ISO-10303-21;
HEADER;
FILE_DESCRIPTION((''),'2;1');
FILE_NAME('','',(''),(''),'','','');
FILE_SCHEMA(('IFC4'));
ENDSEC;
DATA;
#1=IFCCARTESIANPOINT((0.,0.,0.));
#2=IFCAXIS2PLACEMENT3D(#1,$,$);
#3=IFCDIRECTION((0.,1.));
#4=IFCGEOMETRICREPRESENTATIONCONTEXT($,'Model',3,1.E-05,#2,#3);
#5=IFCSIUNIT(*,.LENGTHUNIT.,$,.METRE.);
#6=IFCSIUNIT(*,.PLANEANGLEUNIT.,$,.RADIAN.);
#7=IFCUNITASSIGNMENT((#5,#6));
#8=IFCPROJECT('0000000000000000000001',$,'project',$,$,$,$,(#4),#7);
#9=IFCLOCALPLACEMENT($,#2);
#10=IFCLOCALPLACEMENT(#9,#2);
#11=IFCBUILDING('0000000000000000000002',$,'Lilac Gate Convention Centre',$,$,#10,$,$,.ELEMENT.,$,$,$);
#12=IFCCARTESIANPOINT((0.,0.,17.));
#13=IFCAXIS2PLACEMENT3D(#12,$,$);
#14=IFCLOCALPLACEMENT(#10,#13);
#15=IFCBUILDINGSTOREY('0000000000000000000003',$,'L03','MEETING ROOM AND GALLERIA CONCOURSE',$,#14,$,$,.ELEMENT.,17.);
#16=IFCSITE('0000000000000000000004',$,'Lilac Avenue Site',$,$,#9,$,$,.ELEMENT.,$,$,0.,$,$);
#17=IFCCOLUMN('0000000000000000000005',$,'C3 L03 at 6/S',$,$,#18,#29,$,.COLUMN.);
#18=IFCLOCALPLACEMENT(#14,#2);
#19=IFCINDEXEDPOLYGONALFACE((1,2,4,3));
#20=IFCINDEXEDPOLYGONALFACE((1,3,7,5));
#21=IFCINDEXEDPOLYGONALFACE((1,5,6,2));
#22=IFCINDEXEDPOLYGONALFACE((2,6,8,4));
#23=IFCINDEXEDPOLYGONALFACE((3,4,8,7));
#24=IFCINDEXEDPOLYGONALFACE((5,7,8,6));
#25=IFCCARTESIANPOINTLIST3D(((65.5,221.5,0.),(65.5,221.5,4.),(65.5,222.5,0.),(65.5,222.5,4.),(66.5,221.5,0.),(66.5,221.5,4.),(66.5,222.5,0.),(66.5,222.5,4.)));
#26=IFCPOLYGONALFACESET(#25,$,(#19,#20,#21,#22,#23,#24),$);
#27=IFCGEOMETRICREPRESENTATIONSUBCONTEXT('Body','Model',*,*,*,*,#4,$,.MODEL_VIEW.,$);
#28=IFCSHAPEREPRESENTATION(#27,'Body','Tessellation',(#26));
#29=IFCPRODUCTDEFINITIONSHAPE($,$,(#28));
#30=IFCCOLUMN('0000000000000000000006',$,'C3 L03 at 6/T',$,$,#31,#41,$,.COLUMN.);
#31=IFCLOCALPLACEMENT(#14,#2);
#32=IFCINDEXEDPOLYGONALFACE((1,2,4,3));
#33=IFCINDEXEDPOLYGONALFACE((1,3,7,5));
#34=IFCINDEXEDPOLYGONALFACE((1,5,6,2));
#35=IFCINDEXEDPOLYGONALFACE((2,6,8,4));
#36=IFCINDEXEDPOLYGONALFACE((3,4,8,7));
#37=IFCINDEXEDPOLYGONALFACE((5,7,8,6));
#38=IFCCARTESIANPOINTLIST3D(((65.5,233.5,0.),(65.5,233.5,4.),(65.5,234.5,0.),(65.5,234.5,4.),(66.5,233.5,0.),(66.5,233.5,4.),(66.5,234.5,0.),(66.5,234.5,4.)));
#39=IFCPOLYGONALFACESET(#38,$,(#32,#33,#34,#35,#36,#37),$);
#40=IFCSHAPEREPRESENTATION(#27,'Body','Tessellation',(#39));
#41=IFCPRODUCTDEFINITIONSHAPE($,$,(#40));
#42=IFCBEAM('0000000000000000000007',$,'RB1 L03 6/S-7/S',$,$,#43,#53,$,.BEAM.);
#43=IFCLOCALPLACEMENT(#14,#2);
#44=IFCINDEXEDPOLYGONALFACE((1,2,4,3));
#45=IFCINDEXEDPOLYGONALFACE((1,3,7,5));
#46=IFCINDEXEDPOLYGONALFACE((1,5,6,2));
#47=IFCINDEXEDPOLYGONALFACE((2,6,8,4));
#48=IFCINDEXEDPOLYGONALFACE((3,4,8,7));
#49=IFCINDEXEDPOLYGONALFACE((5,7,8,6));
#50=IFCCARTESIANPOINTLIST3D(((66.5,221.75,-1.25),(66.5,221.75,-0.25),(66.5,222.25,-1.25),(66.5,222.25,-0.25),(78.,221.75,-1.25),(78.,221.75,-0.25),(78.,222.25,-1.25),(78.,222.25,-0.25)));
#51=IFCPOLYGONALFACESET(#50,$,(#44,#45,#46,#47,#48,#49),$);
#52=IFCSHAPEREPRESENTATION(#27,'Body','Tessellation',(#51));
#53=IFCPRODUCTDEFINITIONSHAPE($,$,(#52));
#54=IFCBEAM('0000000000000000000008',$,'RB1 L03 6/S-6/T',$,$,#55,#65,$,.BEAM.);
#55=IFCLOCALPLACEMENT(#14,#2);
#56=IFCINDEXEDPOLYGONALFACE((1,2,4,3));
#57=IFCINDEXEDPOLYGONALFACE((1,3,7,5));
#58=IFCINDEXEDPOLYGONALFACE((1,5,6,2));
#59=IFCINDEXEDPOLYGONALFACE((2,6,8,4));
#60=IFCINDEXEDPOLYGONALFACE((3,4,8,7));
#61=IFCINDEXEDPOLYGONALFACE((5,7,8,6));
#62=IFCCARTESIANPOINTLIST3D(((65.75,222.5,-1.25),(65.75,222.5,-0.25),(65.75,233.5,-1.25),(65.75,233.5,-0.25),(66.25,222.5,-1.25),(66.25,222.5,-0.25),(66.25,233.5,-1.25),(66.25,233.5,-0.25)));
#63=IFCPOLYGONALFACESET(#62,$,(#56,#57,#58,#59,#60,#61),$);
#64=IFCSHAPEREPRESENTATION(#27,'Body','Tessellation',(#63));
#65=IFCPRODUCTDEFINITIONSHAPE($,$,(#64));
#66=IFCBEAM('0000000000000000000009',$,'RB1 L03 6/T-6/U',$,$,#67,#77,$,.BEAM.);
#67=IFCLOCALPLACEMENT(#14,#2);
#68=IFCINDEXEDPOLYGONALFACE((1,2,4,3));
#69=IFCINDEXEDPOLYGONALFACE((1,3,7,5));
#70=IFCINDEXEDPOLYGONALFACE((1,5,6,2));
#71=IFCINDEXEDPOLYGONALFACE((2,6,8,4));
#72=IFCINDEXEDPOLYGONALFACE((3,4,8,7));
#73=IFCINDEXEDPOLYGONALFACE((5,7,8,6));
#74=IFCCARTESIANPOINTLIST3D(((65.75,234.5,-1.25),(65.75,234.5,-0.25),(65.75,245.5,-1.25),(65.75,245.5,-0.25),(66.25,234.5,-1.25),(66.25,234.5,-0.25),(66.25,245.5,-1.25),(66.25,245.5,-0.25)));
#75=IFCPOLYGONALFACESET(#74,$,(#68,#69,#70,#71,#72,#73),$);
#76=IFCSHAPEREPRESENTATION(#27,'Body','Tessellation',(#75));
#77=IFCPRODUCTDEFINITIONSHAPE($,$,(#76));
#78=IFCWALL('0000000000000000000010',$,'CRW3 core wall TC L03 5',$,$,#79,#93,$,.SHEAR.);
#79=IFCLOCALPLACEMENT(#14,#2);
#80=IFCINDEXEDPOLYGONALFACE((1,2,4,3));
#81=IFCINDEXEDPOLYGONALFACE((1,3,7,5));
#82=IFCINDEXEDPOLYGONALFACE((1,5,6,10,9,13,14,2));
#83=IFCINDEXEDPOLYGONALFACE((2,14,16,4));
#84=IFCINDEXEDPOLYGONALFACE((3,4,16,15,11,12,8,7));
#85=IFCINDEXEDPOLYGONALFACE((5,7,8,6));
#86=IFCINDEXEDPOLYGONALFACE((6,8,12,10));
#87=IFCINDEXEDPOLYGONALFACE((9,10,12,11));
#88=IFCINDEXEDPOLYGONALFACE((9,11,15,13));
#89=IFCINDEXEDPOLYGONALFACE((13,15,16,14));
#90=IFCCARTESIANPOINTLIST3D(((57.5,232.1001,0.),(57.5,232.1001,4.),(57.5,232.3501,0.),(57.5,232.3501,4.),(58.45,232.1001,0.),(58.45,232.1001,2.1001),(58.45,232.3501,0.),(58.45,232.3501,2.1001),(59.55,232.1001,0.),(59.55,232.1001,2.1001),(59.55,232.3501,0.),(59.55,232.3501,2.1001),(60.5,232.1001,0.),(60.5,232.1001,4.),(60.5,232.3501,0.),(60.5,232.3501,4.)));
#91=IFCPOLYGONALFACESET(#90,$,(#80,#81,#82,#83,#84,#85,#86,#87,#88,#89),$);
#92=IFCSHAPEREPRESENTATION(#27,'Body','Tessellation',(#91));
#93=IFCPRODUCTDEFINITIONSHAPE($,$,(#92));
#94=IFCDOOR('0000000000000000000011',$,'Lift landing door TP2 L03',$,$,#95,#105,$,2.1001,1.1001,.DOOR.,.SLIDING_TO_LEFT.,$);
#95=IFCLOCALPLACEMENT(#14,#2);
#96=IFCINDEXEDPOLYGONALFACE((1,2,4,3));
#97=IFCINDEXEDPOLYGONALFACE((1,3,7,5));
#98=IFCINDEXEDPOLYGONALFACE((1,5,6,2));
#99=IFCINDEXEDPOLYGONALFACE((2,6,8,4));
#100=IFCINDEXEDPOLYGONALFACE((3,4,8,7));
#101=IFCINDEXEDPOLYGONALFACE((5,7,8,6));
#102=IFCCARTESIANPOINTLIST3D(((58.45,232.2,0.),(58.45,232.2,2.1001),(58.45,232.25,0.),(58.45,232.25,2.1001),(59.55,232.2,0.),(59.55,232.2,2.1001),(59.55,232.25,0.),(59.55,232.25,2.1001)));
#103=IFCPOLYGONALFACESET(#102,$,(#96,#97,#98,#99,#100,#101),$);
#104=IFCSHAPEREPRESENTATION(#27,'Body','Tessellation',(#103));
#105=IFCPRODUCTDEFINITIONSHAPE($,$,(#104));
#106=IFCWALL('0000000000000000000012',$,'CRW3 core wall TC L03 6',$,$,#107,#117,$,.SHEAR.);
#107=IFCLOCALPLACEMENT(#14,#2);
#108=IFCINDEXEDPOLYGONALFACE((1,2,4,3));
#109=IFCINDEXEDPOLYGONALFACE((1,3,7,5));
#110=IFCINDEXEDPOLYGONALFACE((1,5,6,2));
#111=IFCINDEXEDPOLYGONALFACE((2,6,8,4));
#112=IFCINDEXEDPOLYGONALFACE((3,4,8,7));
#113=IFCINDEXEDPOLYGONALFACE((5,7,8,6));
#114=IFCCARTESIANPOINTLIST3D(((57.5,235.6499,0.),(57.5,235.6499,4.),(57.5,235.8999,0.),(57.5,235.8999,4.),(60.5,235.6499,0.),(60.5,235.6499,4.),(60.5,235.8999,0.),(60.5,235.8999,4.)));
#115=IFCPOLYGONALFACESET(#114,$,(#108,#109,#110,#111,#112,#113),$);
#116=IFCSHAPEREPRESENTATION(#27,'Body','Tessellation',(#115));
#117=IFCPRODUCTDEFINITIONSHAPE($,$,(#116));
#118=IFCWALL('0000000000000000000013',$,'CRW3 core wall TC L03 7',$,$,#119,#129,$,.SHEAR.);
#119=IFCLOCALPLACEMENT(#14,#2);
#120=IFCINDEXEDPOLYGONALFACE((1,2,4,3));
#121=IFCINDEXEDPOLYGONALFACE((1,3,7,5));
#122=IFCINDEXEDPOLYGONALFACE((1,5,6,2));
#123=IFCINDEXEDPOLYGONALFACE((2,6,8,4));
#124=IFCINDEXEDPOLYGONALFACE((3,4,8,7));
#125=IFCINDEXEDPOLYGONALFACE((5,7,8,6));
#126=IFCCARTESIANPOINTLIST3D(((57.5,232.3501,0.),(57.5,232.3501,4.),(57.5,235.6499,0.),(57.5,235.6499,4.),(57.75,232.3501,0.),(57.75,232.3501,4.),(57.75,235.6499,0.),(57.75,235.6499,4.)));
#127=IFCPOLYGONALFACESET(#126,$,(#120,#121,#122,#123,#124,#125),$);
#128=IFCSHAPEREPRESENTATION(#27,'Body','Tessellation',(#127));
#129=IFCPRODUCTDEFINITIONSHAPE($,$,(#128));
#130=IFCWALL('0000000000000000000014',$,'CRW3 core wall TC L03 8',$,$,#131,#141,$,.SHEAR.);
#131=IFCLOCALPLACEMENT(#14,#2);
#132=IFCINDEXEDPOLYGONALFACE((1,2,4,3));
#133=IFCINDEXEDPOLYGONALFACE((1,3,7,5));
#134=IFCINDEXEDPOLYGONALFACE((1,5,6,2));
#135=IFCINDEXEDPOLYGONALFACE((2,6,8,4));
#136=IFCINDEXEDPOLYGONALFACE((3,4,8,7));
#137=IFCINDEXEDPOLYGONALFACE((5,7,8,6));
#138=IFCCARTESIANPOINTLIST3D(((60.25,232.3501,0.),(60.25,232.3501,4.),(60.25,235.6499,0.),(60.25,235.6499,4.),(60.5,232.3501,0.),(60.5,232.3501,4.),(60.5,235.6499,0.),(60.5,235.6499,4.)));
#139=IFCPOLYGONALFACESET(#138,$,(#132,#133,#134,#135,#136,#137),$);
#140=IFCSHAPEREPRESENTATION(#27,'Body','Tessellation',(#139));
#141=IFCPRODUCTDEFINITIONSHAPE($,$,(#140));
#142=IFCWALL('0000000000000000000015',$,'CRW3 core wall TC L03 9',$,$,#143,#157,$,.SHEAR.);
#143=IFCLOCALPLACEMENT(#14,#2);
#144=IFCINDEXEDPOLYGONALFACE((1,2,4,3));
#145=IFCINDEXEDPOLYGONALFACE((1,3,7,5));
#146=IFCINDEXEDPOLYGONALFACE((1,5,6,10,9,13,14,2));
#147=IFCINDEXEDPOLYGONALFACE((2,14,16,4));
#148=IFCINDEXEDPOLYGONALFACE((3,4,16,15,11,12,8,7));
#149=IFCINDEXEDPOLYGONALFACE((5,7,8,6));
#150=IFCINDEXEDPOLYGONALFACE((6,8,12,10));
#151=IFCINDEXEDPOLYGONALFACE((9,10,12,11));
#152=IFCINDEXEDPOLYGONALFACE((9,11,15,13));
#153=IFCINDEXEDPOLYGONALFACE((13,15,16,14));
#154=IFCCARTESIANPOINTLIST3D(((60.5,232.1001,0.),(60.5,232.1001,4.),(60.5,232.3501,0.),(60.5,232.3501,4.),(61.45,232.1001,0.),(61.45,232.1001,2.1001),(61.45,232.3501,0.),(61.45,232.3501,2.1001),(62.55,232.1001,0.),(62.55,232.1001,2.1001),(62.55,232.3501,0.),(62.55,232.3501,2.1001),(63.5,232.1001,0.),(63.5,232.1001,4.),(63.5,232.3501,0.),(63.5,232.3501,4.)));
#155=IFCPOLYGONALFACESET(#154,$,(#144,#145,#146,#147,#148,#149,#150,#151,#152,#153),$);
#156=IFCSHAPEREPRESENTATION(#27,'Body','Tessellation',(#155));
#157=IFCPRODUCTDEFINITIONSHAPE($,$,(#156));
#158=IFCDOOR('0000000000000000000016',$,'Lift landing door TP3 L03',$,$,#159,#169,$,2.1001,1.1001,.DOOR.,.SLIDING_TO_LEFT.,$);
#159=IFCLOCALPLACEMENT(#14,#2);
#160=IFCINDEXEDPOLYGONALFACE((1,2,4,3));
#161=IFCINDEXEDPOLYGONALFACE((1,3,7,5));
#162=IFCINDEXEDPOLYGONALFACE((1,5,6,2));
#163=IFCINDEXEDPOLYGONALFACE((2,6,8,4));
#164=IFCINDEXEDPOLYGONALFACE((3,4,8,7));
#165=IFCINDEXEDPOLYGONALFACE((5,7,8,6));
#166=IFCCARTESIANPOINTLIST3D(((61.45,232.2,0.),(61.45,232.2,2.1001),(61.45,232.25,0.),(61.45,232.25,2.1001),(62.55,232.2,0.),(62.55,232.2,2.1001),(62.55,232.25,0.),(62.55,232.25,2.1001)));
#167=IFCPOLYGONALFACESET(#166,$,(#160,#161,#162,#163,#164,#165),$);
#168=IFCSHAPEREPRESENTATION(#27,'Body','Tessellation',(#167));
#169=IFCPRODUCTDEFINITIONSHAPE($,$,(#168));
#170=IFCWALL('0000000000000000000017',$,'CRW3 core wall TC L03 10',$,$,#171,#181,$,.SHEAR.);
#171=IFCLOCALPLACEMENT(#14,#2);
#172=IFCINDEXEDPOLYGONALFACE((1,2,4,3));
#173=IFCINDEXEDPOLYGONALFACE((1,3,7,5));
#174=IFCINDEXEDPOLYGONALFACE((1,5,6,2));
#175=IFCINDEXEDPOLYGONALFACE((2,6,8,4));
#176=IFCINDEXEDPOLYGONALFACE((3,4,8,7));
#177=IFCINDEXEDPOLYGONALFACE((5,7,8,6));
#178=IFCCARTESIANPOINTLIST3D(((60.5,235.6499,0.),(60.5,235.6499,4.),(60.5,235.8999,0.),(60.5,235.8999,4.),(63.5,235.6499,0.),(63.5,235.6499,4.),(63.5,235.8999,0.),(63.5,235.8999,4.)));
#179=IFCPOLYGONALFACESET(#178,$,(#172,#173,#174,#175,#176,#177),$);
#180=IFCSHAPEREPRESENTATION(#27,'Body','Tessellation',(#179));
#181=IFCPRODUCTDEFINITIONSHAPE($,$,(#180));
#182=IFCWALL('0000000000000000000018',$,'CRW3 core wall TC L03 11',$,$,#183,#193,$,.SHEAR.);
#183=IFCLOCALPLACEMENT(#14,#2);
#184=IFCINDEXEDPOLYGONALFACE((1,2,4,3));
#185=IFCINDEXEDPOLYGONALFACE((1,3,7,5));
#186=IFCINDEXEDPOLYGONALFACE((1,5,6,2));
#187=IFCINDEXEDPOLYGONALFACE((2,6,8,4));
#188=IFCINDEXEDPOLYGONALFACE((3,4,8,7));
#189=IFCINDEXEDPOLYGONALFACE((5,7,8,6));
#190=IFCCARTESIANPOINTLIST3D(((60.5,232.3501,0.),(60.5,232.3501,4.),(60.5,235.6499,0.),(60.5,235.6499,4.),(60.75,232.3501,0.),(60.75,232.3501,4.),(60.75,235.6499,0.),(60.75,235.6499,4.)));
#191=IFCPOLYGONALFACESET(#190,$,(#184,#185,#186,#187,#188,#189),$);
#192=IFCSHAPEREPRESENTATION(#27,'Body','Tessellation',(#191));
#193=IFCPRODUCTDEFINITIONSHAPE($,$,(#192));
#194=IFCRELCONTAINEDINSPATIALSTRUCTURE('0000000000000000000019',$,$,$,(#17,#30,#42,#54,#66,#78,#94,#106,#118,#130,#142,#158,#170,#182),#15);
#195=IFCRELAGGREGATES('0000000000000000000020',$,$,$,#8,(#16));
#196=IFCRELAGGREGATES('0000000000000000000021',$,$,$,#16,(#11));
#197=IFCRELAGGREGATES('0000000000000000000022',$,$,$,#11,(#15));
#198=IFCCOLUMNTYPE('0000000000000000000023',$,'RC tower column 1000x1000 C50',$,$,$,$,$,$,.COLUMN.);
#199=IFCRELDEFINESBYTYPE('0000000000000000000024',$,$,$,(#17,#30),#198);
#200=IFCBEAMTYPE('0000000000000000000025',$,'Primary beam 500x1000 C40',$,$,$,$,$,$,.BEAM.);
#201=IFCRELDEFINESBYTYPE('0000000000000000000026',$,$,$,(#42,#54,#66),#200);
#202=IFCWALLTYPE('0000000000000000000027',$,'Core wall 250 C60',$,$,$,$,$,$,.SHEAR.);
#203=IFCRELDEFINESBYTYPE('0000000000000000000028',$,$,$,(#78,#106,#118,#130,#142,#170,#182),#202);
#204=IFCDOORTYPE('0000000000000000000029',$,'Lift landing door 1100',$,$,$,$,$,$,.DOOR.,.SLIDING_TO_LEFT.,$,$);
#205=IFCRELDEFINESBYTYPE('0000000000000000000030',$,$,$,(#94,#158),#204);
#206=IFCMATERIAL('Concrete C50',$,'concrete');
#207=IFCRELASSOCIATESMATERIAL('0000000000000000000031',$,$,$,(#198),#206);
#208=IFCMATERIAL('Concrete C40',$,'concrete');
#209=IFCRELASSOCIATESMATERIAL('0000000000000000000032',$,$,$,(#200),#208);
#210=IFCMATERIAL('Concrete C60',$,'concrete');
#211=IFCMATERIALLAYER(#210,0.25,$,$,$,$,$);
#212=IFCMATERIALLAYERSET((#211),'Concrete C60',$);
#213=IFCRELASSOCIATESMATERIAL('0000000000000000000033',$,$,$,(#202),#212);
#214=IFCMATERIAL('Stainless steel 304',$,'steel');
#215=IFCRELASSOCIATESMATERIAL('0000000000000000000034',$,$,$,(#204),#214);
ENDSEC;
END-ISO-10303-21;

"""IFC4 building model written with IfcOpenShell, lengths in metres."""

from ifc_helpers import new_model, si_unit, direction, frame, frame_2d, origin, origin_2d, place, context, subcontext, project, spatial, rectangle, extrude, material, layer, layer_set, material_profile, profile_set, type_object, element, fill, save


model = new_model("IFC4")

# Units and contexts
model_context = context("Model", 3, precision=1e-05, world=origin(), true_north=direction((0.0, 1.0)))
body_context = subcontext(model_context, "Body", "Model", "MODEL_VIEW")
ifc_project = project(units=[si_unit("LENGTHUNIT", "METRE"), si_unit("PLANEANGLEUNIT", "RADIAN")], contexts=[model_context])

# Site, building, storey
site_placement = place(None, origin())
site = spatial("IfcSite", under=ifc_project, at=site_placement, Name="Lilac Avenue Site", CompositionType="ELEMENT", RefElevation=0.0)
building_placement = place(site_placement, origin())
building = spatial("IfcBuilding", under=site, at=building_placement, Name="Lilac Gate Convention Centre", CompositionType="ELEMENT")
storey_placement = place(building_placement, frame((0.0, 0.0, 17.0)))
storey = spatial("IfcBuildingStorey", under=building, at=storey_placement, Name="L03", Description="MEETING ROOM AND GALLERIA CONCOURSE", CompositionType="ELEMENT", Elevation=17.0)

# Columns
ifc_material_1 = material(Name="Concrete C50", Category="concrete")
ifc_material_profile_1 = material_profile(ifc_material_1, rectangle(XDim=1.0, YDim=1.0, at=origin_2d()), Name="RC 1000x1000")
ifc_profile_set_1 = profile_set([ifc_material_profile_1], Name="Concrete C50")
column_type = type_object("IfcColumnType", Name="RC tower column 1000x1000 C50", PredefinedType="COLUMN", material=ifc_profile_set_1)
for number, where, z_axis, x_axis, name in (
    (1, (66.0, 222.0, 0.0), (0.0, 0.0, 1.0), (1.0, 0.0, 0.0), "C3 L03 at 6/S"),
    (2, (66.0, 234.0, 0.0), (0.0, 0.0, 1.0), (1.0, 0.0, 0.0), "C3 L03 at 6/T"),
):
    element("IfcColumn", number, at=place(storey_placement, frame(where, z_axis=z_axis, x_axis=x_axis)), inside=storey, type_object=column_type, Name=name, PredefinedType="COLUMN", context=body_context, shape_type="SweptSolid", body=[
        extrude(rectangle(XDim=1.0, YDim=1.0, at=origin_2d()), origin(), (0.0, 0.0, 1.0), 4.0),
    ])

# Beams
ifc_material_2 = material(Name="Concrete C40", Category="concrete")
ifc_material_profile_2 = material_profile(ifc_material_2, rectangle(XDim=0.5, YDim=1.0, at=origin_2d()), Name="RC 500x1000")
ifc_profile_set_2 = profile_set([ifc_material_profile_2], Name="Concrete C40")
beam_type = type_object("IfcBeamType", Name="Primary beam 500x1000 C40", PredefinedType="BEAM", material=ifc_profile_set_2)
beam_placement = place(storey_placement, frame((66.5, 222.0, -0.75), z_axis=(1.0, 0.0, 0.0), x_axis=(0.0, 1.0, 0.0)))
element("IfcBeam", 3, at=beam_placement, inside=storey, type_object=beam_type, Name="RB1 L03 6/S-7/S", PredefinedType="BEAM", context=body_context, shape_type="SweptSolid", body=[
    extrude(rectangle(XDim=0.5, YDim=1.0, at=origin_2d()), origin(), (0.0, 0.0, 1.0), 11.5),
])
for number, where, z_axis, x_axis, name in (
    (4, (66.0, 222.5, -0.75), (0.0, 1.0, 0.0), (-1.0, 0.0, 0.0), "RB1 L03 6/S-6/T"),
    (5, (66.0, 234.5, -0.75), (0.0, 1.0, 0.0), (-1.0, 0.0, 0.0), "RB1 L03 6/T-6/U"),
):
    element("IfcBeam", number, at=place(storey_placement, frame(where, z_axis=z_axis, x_axis=x_axis)), inside=storey, type_object=beam_type, Name=name, PredefinedType="BEAM", context=body_context, shape_type="SweptSolid", body=[
        extrude(rectangle(XDim=0.5, YDim=1.0, at=origin_2d()), origin(), (0.0, 0.0, 1.0), 11.0),
    ])

# Wall, opening, door
ifc_material_3 = material(Name="Concrete C60", Category="concrete")
ifc_layer_1 = layer(ifc_material_3, 0.25)
ifc_layer_set_1 = layer_set([ifc_layer_1], Name="Concrete C60")
wall_type_1 = type_object("IfcWallType", Name="Core wall 250 C60", PredefinedType="SHEAR", material=ifc_layer_set_1)
wall_1_placement = place(storey_placement, frame((57.5, 232.2251, 0.0), z_axis=(0.0, 0.0, 1.0), x_axis=(1.0, 0.0, 0.0)))
wall_1 = element("IfcWall", 6, at=wall_1_placement, inside=storey, type_object=wall_type_1, Name="CRW3 core wall TC L03 5", PredefinedType="SHEAR", context=body_context, shape_type="SweptSolid", body=[
    extrude(rectangle(XDim=3.0, YDim=0.25, at=frame_2d((1.5, 0.0))), origin(), (0.0, 0.0, 1.0), 4.0),
])
opening_1_placement = place(wall_1_placement, frame((0.95, 0.0, 0.0)))
opening_1 = element("IfcOpeningElement", 7, at=opening_1_placement, cuts=wall_1, PredefinedType="OPENING", context=body_context, shape_type="SweptSolid", body=[
    extrude(rectangle(XDim=1.1001, YDim=2.1001, at=frame_2d((0.55, 1.05))), frame((0.0, 0.135, 0.0), z_axis=(0.0, -1.0, 0.0), x_axis=(1.0, 0.0, 0.0)), (0.0, 0.0, 1.0), 0.27),
])
ifc_material_4 = material(Name="Stainless steel 304", Category="steel")
door_type_1 = type_object("IfcDoorType", Name="Lift landing door 1100", OperationType="SLIDING_TO_LEFT", PredefinedType="DOOR", material=ifc_material_4)
door_1_placement = place(opening_1_placement, origin())
door_1 = element("IfcDoor", 8, at=door_1_placement, inside=storey, type_object=door_type_1, Name="Lift landing door TP2 L03", OperationType="SLIDING_TO_LEFT", OverallHeight=2.1001, OverallWidth=1.1001, PredefinedType="DOOR", context=body_context, shape_type="SweptSolid", body=[
    extrude(rectangle(XDim=1.1001, YDim=2.1001, at=frame_2d((0.55, 1.05))), frame((0.0, 0.0249, 0.0), z_axis=(0.0, -1.0, 0.0), x_axis=(1.0, 0.0, 0.0)), (0.0, 0.0, 1.0), 0.05),
])
fill(opening_1, door_1)

# Walls
wall_2_placement = place(storey_placement, frame((57.5, 235.7749, 0.0), z_axis=(0.0, 0.0, 1.0), x_axis=(1.0, 0.0, 0.0)))
element("IfcWall", 9, at=wall_2_placement, inside=storey, type_object=wall_type_1, Name="CRW3 core wall TC L03 6", PredefinedType="SHEAR", context=body_context, shape_type="SweptSolid", body=[
    extrude(rectangle(XDim=3.0, YDim=0.25, at=frame_2d((1.5, 0.0))), origin(), (0.0, 0.0, 1.0), 4.0),
])
for number, where, z_axis, x_axis, name in (
    (10, (57.625, 232.3501, 0.0), (0.0, 0.0, 1.0), (0.0, 1.0, 0.0), "CRW3 core wall TC L03 7"),
    (11, (60.375, 232.3501, 0.0), (0.0, 0.0, 1.0), (0.0, 1.0, 0.0), "CRW3 core wall TC L03 8"),
):
    element("IfcWall", number, at=place(storey_placement, frame(where, z_axis=z_axis, x_axis=x_axis)), inside=storey, type_object=wall_type_1, Name=name, PredefinedType="SHEAR", context=body_context, shape_type="SweptSolid", body=[
        extrude(rectangle(XDim=3.2998, YDim=0.25, at=frame_2d((1.6499, 0.0))), origin(), (0.0, 0.0, 1.0), 4.0),
    ])

# Wall, opening, door
wall_3_placement = place(storey_placement, frame((60.5, 232.2251, 0.0), z_axis=(0.0, 0.0, 1.0), x_axis=(1.0, 0.0, 0.0)))
wall_3 = element("IfcWall", 12, at=wall_3_placement, inside=storey, type_object=wall_type_1, Name="CRW3 core wall TC L03 9", PredefinedType="SHEAR", context=body_context, shape_type="SweptSolid", body=[
    extrude(rectangle(XDim=3.0, YDim=0.25, at=frame_2d((1.5, 0.0))), origin(), (0.0, 0.0, 1.0), 4.0),
])
opening_2_placement = place(wall_3_placement, frame((0.95, 0.0, 0.0)))
opening_2 = element("IfcOpeningElement", 13, at=opening_2_placement, cuts=wall_3, PredefinedType="OPENING", context=body_context, shape_type="SweptSolid", body=[
    extrude(rectangle(XDim=1.1001, YDim=2.1001, at=frame_2d((0.55, 1.05))), frame((0.0, 0.135, 0.0), z_axis=(0.0, -1.0, 0.0), x_axis=(1.0, 0.0, 0.0)), (0.0, 0.0, 1.0), 0.27),
])
door_2_placement = place(opening_2_placement, origin())
door_2 = element("IfcDoor", 14, at=door_2_placement, inside=storey, type_object=door_type_1, Name="Lift landing door TP3 L03", OperationType="SLIDING_TO_LEFT", OverallHeight=2.1001, OverallWidth=1.1001, PredefinedType="DOOR", context=body_context, shape_type="SweptSolid", body=[
    extrude(rectangle(XDim=1.1001, YDim=2.1001, at=frame_2d((0.55, 1.05))), frame((0.0, 0.0249, 0.0), z_axis=(0.0, -1.0, 0.0), x_axis=(1.0, 0.0, 0.0)), (0.0, 0.0, 1.0), 0.05),
])
fill(opening_2, door_2)

# Walls
wall_4_placement = place(storey_placement, frame((60.5, 235.7749, 0.0), z_axis=(0.0, 0.0, 1.0), x_axis=(1.0, 0.0, 0.0)))
element("IfcWall", 15, at=wall_4_placement, inside=storey, type_object=wall_type_1, Name="CRW3 core wall TC L03 10", PredefinedType="SHEAR", context=body_context, shape_type="SweptSolid", body=[
    extrude(rectangle(XDim=3.0, YDim=0.25, at=frame_2d((1.5, 0.0))), origin(), (0.0, 0.0, 1.0), 4.0),
])
for number, where, z_axis, x_axis, name in (
    (16, (60.625, 232.3501, 0.0), (0.0, 0.0, 1.0), (0.0, 1.0, 0.0), "CRW3 core wall TC L03 11"),
):
    element("IfcWall", number, at=place(storey_placement, frame(where, z_axis=z_axis, x_axis=x_axis)), inside=storey, type_object=wall_type_1, Name=name, PredefinedType="SHEAR", context=body_context, shape_type="SweptSolid", body=[
        extrude(rectangle(XDim=3.2998, YDim=0.25, at=frame_2d((1.6499, 0.0))), origin(), (0.0, 0.0, 1.0), 4.0),
    ])

save(model, "model.ifc")
